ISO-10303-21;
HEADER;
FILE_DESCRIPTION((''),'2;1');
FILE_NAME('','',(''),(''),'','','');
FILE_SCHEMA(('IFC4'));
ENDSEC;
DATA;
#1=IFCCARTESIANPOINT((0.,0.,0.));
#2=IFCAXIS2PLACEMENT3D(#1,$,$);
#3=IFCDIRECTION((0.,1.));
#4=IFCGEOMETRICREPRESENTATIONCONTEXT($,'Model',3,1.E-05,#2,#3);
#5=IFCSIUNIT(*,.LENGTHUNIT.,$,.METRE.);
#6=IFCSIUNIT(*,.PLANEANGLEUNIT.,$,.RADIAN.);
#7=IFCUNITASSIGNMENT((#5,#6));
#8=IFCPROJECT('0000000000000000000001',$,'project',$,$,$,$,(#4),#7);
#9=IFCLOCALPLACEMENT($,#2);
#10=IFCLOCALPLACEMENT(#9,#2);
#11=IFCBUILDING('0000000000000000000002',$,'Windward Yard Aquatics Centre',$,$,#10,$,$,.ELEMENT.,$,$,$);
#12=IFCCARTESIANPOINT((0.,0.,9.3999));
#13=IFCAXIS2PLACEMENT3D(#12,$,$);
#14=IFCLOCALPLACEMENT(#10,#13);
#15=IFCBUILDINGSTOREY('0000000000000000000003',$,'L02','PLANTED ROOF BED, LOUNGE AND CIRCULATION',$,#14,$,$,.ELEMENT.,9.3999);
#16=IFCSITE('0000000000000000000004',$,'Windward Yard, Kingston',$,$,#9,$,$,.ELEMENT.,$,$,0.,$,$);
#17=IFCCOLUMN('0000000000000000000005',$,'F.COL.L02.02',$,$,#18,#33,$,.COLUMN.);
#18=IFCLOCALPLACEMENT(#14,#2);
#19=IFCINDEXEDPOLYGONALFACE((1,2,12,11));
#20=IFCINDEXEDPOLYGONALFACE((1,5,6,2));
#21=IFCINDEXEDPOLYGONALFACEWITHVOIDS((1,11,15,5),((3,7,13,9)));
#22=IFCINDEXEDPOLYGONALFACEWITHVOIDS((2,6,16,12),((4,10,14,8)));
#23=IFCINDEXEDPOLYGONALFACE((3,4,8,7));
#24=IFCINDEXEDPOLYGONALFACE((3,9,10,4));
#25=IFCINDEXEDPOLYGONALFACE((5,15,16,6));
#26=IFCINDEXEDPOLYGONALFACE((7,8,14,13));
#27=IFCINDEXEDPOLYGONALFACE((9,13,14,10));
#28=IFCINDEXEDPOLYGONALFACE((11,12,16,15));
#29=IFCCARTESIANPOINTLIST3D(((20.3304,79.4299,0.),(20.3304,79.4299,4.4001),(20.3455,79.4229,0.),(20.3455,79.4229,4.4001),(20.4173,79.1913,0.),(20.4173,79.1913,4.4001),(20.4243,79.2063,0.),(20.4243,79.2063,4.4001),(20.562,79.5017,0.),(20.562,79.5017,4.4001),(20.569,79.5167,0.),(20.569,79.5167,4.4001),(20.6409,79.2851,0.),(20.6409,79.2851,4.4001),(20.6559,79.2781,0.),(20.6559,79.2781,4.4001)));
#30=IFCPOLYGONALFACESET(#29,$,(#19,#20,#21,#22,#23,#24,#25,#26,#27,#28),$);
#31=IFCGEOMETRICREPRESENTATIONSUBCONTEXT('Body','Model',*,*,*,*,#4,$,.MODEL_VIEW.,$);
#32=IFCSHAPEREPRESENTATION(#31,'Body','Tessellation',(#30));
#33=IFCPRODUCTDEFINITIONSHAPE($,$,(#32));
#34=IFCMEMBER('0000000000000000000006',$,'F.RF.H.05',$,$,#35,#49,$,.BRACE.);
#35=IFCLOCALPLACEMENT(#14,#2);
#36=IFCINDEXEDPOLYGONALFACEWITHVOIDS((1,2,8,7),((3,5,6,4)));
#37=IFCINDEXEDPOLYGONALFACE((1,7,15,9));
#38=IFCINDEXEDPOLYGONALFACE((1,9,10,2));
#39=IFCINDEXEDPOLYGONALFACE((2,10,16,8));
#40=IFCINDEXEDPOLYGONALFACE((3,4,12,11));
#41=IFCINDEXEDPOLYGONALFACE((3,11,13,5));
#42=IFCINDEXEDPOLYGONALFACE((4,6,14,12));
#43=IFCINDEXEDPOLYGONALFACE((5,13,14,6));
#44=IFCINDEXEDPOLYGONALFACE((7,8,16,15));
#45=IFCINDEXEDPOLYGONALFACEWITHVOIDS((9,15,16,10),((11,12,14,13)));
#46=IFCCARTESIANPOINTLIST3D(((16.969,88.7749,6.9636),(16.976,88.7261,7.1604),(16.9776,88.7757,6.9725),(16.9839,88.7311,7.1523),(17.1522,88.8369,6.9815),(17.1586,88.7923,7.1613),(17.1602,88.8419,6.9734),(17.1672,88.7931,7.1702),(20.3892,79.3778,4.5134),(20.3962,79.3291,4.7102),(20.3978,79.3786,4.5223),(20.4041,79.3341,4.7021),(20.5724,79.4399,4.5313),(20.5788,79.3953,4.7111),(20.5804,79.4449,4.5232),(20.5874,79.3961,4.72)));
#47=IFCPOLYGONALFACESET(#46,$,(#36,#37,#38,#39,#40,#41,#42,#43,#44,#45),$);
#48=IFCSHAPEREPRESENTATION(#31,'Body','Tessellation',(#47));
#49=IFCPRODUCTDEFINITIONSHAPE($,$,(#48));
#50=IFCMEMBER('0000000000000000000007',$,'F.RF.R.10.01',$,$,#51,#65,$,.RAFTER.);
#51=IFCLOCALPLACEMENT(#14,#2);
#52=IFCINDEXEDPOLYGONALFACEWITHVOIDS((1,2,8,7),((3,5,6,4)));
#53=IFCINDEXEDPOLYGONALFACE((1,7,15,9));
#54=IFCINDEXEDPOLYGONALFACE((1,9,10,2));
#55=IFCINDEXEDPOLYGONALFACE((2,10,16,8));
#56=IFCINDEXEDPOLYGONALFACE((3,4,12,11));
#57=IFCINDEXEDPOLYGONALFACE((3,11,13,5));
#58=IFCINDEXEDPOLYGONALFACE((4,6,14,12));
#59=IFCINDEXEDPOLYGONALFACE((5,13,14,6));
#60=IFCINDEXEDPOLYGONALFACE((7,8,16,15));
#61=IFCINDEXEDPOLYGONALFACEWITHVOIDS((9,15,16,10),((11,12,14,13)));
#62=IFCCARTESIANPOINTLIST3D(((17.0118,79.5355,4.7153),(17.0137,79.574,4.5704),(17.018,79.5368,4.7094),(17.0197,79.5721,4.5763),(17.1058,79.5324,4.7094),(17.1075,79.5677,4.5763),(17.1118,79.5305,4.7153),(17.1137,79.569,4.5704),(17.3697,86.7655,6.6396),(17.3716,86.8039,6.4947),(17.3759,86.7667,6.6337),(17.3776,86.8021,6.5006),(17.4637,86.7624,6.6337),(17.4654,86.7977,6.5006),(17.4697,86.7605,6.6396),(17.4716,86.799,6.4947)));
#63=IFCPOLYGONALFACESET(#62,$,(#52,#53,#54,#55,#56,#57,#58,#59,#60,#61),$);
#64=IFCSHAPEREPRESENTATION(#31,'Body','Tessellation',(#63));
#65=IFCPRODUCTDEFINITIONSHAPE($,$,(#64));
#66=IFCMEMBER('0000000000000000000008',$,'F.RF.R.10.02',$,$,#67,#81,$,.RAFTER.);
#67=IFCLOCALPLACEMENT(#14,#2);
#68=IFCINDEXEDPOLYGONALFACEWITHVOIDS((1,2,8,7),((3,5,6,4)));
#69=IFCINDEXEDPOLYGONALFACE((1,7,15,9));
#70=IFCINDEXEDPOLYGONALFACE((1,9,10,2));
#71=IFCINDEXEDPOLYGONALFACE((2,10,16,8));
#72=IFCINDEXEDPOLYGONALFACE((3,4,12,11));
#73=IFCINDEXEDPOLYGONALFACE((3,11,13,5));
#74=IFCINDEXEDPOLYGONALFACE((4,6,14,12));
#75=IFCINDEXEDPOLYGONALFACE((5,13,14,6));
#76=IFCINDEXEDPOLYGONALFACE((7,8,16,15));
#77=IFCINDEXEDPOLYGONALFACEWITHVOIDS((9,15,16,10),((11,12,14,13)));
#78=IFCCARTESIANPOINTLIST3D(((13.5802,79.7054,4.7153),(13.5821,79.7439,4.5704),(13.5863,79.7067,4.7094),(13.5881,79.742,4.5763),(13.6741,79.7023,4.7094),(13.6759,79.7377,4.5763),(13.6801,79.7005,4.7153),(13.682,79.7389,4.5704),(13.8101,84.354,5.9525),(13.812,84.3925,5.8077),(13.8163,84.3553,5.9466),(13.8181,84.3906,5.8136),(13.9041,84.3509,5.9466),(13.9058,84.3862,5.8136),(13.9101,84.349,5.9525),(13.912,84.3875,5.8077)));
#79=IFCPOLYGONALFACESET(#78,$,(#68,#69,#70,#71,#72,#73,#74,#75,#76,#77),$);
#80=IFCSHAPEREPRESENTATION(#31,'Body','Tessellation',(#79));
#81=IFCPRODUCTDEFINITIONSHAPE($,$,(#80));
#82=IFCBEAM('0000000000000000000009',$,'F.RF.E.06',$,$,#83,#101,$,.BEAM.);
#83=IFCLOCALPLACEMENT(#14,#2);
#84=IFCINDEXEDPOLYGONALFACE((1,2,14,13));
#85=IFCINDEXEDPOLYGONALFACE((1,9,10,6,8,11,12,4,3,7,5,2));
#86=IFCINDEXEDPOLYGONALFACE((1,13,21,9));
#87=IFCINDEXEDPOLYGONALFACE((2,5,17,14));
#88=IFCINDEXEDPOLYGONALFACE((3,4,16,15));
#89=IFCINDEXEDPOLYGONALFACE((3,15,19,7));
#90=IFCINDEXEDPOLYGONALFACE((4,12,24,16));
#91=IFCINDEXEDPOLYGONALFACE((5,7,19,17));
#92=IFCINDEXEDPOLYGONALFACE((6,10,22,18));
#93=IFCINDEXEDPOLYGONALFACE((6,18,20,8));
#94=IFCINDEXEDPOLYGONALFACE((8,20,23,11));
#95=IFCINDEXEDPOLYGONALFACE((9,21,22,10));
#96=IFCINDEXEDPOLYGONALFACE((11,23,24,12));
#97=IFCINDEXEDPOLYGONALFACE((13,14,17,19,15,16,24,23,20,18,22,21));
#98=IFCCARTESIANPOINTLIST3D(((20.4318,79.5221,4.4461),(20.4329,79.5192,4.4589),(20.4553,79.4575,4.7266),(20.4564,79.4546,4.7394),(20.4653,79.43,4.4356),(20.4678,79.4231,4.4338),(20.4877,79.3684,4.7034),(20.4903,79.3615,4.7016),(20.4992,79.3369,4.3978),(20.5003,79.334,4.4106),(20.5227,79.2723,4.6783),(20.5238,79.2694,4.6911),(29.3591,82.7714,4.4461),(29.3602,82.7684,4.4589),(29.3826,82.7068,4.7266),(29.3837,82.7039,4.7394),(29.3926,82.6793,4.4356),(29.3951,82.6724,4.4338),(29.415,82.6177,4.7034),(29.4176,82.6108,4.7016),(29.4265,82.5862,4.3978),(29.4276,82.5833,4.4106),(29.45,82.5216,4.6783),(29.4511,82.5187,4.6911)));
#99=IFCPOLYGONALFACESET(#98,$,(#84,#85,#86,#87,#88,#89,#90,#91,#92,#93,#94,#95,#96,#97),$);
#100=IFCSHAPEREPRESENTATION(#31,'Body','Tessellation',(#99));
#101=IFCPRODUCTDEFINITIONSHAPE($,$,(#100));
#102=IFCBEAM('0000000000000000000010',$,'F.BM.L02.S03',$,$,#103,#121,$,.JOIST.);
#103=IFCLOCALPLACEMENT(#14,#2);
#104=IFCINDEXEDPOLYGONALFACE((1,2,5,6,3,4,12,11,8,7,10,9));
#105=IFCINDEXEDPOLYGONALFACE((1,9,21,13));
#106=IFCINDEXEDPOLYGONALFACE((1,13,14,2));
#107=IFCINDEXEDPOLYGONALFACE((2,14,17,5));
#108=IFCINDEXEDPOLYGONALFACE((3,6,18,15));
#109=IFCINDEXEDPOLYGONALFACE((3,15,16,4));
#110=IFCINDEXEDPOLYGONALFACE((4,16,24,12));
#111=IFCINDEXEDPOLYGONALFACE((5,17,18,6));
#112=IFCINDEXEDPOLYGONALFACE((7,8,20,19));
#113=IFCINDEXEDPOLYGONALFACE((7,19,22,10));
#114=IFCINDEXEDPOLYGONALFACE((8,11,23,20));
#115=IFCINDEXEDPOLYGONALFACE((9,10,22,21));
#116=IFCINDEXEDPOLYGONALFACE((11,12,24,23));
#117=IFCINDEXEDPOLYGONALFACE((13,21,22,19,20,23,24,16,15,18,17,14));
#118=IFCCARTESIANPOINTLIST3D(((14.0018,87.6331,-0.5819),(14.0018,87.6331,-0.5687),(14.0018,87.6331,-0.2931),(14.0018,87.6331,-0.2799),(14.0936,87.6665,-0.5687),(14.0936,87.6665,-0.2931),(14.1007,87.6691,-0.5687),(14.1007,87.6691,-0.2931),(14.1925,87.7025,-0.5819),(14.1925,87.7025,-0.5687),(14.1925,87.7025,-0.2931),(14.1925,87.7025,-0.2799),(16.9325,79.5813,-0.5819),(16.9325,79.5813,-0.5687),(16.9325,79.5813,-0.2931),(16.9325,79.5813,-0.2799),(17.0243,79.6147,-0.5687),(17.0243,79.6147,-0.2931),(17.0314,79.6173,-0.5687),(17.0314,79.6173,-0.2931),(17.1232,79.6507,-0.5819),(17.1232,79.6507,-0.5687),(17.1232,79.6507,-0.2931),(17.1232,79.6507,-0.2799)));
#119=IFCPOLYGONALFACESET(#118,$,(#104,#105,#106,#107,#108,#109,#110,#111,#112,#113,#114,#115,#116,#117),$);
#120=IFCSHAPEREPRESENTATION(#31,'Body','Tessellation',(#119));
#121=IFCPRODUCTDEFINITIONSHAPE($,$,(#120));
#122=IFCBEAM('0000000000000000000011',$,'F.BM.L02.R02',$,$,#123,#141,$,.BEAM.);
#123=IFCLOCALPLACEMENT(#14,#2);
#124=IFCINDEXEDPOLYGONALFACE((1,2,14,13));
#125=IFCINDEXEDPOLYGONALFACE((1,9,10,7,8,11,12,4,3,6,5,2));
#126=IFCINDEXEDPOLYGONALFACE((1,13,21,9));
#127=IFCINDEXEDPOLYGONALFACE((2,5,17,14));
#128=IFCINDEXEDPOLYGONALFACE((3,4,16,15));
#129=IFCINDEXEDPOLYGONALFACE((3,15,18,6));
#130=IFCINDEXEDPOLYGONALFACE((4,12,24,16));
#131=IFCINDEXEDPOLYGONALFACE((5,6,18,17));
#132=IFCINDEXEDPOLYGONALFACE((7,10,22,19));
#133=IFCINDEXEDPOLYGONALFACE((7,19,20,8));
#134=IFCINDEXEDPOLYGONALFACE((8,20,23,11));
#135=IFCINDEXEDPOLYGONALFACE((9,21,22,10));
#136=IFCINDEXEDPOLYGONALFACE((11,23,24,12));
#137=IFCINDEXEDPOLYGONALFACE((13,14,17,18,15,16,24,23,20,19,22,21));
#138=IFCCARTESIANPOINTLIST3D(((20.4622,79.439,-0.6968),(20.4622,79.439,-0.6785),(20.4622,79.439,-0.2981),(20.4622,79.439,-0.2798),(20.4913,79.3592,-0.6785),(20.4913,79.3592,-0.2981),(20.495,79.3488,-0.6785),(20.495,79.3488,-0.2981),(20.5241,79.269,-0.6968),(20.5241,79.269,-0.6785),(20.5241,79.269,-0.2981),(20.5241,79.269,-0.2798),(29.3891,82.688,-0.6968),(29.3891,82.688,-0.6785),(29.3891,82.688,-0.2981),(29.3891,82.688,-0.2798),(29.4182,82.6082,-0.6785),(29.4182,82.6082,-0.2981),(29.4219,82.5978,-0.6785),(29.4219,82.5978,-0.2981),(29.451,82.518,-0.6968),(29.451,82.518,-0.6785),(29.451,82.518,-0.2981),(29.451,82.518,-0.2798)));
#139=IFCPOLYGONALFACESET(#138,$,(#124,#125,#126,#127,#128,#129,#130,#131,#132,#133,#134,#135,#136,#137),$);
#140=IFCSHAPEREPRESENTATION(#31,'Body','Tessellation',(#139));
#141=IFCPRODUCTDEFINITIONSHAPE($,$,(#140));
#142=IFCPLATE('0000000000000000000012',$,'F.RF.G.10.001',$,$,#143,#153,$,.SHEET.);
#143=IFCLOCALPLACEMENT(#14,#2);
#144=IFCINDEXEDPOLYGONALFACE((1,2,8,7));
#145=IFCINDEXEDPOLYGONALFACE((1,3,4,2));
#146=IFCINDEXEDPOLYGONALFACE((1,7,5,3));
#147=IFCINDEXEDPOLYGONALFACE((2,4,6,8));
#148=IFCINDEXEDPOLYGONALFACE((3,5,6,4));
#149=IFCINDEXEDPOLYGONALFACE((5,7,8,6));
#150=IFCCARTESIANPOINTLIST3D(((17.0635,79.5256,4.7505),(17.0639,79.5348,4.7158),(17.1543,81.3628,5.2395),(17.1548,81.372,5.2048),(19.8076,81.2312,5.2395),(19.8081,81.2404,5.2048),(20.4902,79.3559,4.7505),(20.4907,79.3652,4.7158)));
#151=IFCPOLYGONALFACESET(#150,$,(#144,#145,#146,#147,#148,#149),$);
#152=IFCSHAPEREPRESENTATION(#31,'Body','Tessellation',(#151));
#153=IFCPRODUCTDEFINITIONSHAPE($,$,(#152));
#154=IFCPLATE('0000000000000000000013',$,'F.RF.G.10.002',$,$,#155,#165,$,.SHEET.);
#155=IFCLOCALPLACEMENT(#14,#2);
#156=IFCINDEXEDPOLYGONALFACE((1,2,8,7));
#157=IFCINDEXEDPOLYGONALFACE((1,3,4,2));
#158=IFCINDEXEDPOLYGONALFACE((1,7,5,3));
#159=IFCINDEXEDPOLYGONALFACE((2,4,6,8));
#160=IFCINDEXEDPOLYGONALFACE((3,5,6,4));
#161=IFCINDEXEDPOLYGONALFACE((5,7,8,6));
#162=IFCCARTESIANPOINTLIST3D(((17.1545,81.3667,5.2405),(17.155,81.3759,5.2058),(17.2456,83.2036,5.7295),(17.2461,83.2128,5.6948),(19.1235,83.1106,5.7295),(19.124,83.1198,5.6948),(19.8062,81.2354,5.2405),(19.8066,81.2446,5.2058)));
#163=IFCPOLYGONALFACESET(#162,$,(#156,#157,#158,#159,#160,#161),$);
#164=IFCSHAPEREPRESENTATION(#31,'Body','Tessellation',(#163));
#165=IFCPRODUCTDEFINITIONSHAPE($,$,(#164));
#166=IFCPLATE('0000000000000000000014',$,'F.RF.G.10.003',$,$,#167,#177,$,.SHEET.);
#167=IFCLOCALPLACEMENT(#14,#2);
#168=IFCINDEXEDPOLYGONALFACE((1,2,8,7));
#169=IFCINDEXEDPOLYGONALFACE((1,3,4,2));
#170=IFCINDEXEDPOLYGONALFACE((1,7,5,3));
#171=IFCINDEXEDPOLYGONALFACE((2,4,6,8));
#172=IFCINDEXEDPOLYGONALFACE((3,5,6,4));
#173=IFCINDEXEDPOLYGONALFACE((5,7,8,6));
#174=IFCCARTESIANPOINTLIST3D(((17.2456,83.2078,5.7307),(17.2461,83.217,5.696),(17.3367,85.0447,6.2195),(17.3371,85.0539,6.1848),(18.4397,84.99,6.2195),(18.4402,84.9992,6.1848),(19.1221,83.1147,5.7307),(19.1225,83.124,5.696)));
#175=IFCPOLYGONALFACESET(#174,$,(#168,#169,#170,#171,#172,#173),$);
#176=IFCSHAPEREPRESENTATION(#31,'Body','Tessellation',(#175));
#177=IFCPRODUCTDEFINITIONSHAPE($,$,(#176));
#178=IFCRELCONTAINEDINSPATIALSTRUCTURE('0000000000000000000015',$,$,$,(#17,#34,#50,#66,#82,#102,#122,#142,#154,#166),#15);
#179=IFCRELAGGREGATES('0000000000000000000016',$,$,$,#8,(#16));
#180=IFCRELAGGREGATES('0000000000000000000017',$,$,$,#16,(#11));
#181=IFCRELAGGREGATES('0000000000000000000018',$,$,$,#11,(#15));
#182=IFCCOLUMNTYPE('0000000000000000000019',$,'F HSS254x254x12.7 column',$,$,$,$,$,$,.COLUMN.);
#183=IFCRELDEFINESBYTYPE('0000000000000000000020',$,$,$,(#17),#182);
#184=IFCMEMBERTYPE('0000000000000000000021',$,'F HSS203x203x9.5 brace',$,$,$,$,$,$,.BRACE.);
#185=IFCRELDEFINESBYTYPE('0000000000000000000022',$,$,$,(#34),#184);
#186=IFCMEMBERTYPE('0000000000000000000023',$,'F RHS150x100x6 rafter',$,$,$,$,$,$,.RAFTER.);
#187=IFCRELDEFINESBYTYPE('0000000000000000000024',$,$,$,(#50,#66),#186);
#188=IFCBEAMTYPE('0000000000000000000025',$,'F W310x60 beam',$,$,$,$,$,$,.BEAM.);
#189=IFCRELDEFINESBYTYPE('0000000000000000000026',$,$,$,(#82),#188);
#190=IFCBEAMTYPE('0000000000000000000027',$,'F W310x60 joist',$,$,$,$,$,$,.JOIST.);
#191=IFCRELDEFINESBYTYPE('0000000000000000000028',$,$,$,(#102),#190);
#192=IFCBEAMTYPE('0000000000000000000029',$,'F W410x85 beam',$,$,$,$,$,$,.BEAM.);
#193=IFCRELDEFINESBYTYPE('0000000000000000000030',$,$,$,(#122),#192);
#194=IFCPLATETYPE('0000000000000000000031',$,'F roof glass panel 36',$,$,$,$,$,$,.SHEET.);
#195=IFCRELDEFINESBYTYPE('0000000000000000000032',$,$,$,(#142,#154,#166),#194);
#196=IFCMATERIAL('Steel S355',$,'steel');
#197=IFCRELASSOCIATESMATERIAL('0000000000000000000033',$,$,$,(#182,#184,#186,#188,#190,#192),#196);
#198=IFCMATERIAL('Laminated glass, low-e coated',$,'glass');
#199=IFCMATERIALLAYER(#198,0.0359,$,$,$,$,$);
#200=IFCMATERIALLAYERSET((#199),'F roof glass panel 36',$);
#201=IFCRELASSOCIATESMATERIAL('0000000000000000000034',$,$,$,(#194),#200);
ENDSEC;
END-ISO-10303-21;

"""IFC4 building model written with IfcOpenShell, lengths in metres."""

from ifc_helpers import new_model, si_unit, direction, frame, origin, origin_2d, place, context, subcontext, project, spatial, polyline, hollow_rectangle, i_section, outline, extrude, material, layer, layer_set, material_profile, profile_set, type_object, element, save


model = new_model("IFC4")

# Units and contexts
model_context = context("Model", 3, precision=1e-05, world=origin(), true_north=direction((0.0, 1.0)))
body_context = subcontext(model_context, "Body", "Model", "MODEL_VIEW")
ifc_project = project(units=[si_unit("LENGTHUNIT", "METRE"), si_unit("PLANEANGLEUNIT", "RADIAN")], contexts=[model_context])

# Site, building, storey
site_placement = place(None, origin())
site = spatial("IfcSite", under=ifc_project, at=site_placement, Name="Windward Yard, Kingston", CompositionType="ELEMENT", RefElevation=0.0)
building_placement = place(site_placement, origin())
building = spatial("IfcBuilding", under=site, at=building_placement, Name="Windward Yard Aquatics Centre", CompositionType="ELEMENT")
storey_placement = place(building_placement, frame((0.0, 0.0, 9.3999)))
storey = spatial("IfcBuildingStorey", under=building, at=storey_placement, Name="L02", Description="PLANTED ROOF BED, LOUNGE AND CIRCULATION", CompositionType="ELEMENT", Elevation=9.3999)

# Column
ifc_material_1 = material(Name="Steel S355", Category="steel")
ifc_material_profile_1 = material_profile(ifc_material_1, hollow_rectangle(XDim=0.2539, YDim=0.2539, WallThickness=0.0117, at=origin_2d()), Name="HSS254x254x12.7")
ifc_profile_set_1 = profile_set([ifc_material_profile_1], Name="Steel S355")
column_type = type_object("IfcColumnType", Name="F HSS254x254x12.7 column", PredefinedType="COLUMN", material=ifc_profile_set_1)
column_placement = place(storey_placement, frame((20.4932, 79.354, 0.0), z_axis=(0.0, 0.0, 1.0), x_axis=(0.939693, 0.34202, 0.0)))
element("IfcColumn", 1, at=column_placement, inside=storey, type_object=column_type, Name="F.COL.L02.02", PredefinedType="COLUMN", context=body_context, shape_type="SweptSolid", body=[
    extrude(hollow_rectangle(XDim=0.2539, YDim=0.2539, WallThickness=0.0117, at=origin_2d()), origin(), (0.0, 0.0, 1.0), 4.4001),
])

# Members
ifc_material_profile_2 = material_profile(ifc_material_1, hollow_rectangle(XDim=0.2029, YDim=0.2029, WallThickness=0.0088, at=origin_2d()), Name="HSS203x203x9.5")
ifc_profile_set_2 = profile_set([ifc_material_profile_2], Name="Steel S355")
member_type_1 = type_object("IfcMemberType", Name="F HSS203x203x9.5 brace", PredefinedType="BRACE", material=ifc_profile_set_2)
member_1_placement = place(storey_placement, frame((20.4883, 79.387, 4.6167), z_axis=(-0.332189, 0.912697, 0.237979), x_axis=(-0.942585, -0.330428, -0.048476)))
element("IfcMember", 2, at=member_1_placement, inside=storey, type_object=member_type_1, Name="F.RF.H.05", PredefinedType="BRACE", context=body_context, shape_type="SweptSolid", body=[
    extrude(hollow_rectangle(XDim=0.2029, YDim=0.2029, WallThickness=0.0088, at=origin_2d()), origin(), (0.0, 0.0, 1.0), 10.2959),
])
ifc_material_profile_3 = material_profile(ifc_material_1, hollow_rectangle(XDim=0.1001, YDim=0.1499, WallThickness=0.0061, at=origin_2d()), Name="RHS150x100x6")
ifc_profile_set_3 = profile_set([ifc_material_profile_3], Name="Steel S355")
member_type_2 = type_object("IfcMemberType", Name="F RHS150x100x6 rafter", PredefinedType="RAFTER", material=ifc_profile_set_3)
member_2_placement = place(storey_placement, frame((17.0627, 79.5522, 4.6428), z_axis=(0.047784, 0.965253, 0.25691), x_axis=(-0.998777, 0.049443, 0.0)))
element("IfcMember", 3, at=member_2_placement, inside=storey, type_object=member_type_2, Name="F.RF.R.10.01", PredefinedType="RAFTER", context=body_context, shape_type="SweptSolid", body=[
    extrude(hollow_rectangle(XDim=0.1001, YDim=0.1499, WallThickness=0.0061, at=origin_2d()), origin(), (0.0, 0.0, 1.0), 7.4902),
])
member_3_placement = place(storey_placement, frame((13.6311, 79.7222, 4.6428), z_axis=(0.047753, 0.965254, 0.256914), x_axis=(-0.998778, 0.049412, 0.0)))
element("IfcMember", 4, at=member_3_placement, inside=storey, type_object=member_type_2, Name="F.RF.R.10.02", PredefinedType="RAFTER", context=body_context, shape_type="SweptSolid", body=[
    extrude(hollow_rectangle(XDim=0.1001, YDim=0.1499, WallThickness=0.0061, at=origin_2d()), origin(), (0.0, 0.0, 1.0), 4.8159),
])

# Beams
ifc_material_profile_4 = material_profile(ifc_material_1, i_section(OverallWidth=0.2029, OverallDepth=0.302, WebThickness=0.0076, FlangeThickness=0.0132, at=origin_2d()), Name="W310x60")
ifc_profile_set_4 = profile_set([ifc_material_profile_4], Name="Steel S355")
beam_type_1 = type_object("IfcBeamType", Name="F W310x60 beam", PredefinedType="BEAM", material=ifc_profile_set_4)
beam_1_placement = place(storey_placement, frame((20.4778, 79.3958, 4.5686), z_axis=(0.939692, 0.342022, 0.0), x_axis=(-0.332197, 0.912699, 0.237962)))
element("IfcBeam", 5, at=beam_1_placement, inside=storey, type_object=beam_type_1, Name="F.RF.E.06", PredefinedType="BEAM", context=body_context, shape_type="SweptSolid", body=[
    extrude(i_section(OverallWidth=0.2029, OverallDepth=0.302, WebThickness=0.0076, FlangeThickness=0.0132, at=origin_2d()), origin(), (0.0, 0.0, 1.0), 9.5002),
])
ifc_material_profile_5 = material_profile(ifc_material_1, i_section(OverallWidth=0.2029, OverallDepth=0.302, WebThickness=0.0076, FlangeThickness=0.0132, at=origin_2d()), Name="W310x60")
ifc_profile_set_5 = profile_set([ifc_material_profile_5], Name="Steel S355")
beam_type_2 = type_object("IfcBeamType", Name="F W310x60 joist", PredefinedType="JOIST", material=ifc_profile_set_5)
beam_2_placement = place(storey_placement, frame((17.0278, 79.616, -0.4309), z_axis=(-0.342027, 0.93969, 0.0), x_axis=(-0.93969, -0.342027, 0.0)))
element("IfcBeam", 6, at=beam_2_placement, inside=storey, type_object=beam_type_2, Name="F.BM.L02.S03", PredefinedType="JOIST", context=body_context, shape_type="SweptSolid", body=[
    extrude(i_section(OverallWidth=0.2029, OverallDepth=0.302, WebThickness=0.0076, FlangeThickness=0.0132, at=origin_2d()), origin(), (0.0, 0.0, 1.0), 8.5686),
])
ifc_material_profile_6 = material_profile(ifc_material_1, i_section(OverallWidth=0.1809, OverallDepth=0.417, WebThickness=0.011, FlangeThickness=0.0183, at=origin_2d()), Name="W410x85")
ifc_profile_set_6 = profile_set([ifc_material_profile_6], Name="Steel S355")
beam_type_3 = type_object("IfcBeamType", Name="F W410x85 beam", PredefinedType="BEAM", material=ifc_profile_set_6)
beam_3_placement = place(storey_placement, frame((20.4932, 79.354, -0.4883), z_axis=(0.939697, 0.342007, 0.0), x_axis=(-0.342007, 0.939697, 0.0)))
element("IfcBeam", 7, at=beam_3_placement, inside=storey, type_object=beam_type_3, Name="F.BM.L02.R02", PredefinedType="BEAM", context=body_context, shape_type="SweptSolid", body=[
    extrude(i_section(OverallWidth=0.1809, OverallDepth=0.417, WebThickness=0.011, FlangeThickness=0.0183, at=origin_2d()), origin(), (0.0, 0.0, 1.0), 9.4998),
])

# Plates
ifc_material_2 = material(Name="Laminated glass, low-e coated", Category="glass")
ifc_layer_1 = layer(ifc_material_2, 0.0359)
ifc_layer_set_1 = layer_set([ifc_layer_1], Name="F roof glass panel 36")
plate_type = type_object("IfcPlateType", Name="F roof glass panel 36", PredefinedType="SHEET", material=ifc_layer_set_1)
plate_1_placement = place(storey_placement, frame((17.0635, 79.5256, 4.7505), z_axis=(-0.012716, -0.256631, 0.966426), x_axis=(0.047717, 0.965247, 0.256946)))
element("IfcPlate", 8, at=plate_1_placement, inside=storey, type_object=plate_type, Name="F.RF.G.10.001", PredefinedType="SHEET", context=body_context, shape_type="SweptSolid", body=[
    extrude(outline(polyline([(0.0, 0.0), (1.9033, 0.0), (1.9029, -2.6566), (-0.0003, -3.431), (0.0, 0.0)])), origin(), (0.0, 0.0, -1.0), 0.0359),
])
plate_2_placement = place(storey_placement, frame((17.1545, 81.3667, 5.2405), z_axis=(-0.012713, -0.256645, 0.966422), x_axis=(0.047851, 0.965237, 0.25696)))
element("IfcPlate", 9, at=plate_2_placement, inside=storey, type_object=plate_type, Name="F.RF.G.10.002", PredefinedType="SHEET", context=body_context, shape_type="SweptSolid", body=[
    extrude(outline(polyline([(0.0, 0.0), (1.9031, 0.0), (1.9031, -1.8802), (0.0001, -2.6549), (0.0, 0.0)])), origin(), (0.0, 0.0, -1.0), 0.0359),
])
plate_3_placement = place(storey_placement, frame((17.2456, 83.2078, 5.7307), z_axis=(-0.012717, -0.256526, 0.966454), x_axis=(0.047853, 0.965268, 0.256841)))
element("IfcPlate", 10, at=plate_3_placement, inside=storey, type_object=plate_type, Name="F.RF.G.10.003", PredefinedType="SHEET", context=body_context, shape_type="SweptSolid", body=[
    extrude(outline(polyline([(0.0, 0.0), (1.903, 0.0), (1.903, -1.1044), (0.0, -1.8788), (0.0, 0.0)])), origin(), (0.0, 0.0, -1.0), 0.0359),
])

save(model, "model.ifc")
